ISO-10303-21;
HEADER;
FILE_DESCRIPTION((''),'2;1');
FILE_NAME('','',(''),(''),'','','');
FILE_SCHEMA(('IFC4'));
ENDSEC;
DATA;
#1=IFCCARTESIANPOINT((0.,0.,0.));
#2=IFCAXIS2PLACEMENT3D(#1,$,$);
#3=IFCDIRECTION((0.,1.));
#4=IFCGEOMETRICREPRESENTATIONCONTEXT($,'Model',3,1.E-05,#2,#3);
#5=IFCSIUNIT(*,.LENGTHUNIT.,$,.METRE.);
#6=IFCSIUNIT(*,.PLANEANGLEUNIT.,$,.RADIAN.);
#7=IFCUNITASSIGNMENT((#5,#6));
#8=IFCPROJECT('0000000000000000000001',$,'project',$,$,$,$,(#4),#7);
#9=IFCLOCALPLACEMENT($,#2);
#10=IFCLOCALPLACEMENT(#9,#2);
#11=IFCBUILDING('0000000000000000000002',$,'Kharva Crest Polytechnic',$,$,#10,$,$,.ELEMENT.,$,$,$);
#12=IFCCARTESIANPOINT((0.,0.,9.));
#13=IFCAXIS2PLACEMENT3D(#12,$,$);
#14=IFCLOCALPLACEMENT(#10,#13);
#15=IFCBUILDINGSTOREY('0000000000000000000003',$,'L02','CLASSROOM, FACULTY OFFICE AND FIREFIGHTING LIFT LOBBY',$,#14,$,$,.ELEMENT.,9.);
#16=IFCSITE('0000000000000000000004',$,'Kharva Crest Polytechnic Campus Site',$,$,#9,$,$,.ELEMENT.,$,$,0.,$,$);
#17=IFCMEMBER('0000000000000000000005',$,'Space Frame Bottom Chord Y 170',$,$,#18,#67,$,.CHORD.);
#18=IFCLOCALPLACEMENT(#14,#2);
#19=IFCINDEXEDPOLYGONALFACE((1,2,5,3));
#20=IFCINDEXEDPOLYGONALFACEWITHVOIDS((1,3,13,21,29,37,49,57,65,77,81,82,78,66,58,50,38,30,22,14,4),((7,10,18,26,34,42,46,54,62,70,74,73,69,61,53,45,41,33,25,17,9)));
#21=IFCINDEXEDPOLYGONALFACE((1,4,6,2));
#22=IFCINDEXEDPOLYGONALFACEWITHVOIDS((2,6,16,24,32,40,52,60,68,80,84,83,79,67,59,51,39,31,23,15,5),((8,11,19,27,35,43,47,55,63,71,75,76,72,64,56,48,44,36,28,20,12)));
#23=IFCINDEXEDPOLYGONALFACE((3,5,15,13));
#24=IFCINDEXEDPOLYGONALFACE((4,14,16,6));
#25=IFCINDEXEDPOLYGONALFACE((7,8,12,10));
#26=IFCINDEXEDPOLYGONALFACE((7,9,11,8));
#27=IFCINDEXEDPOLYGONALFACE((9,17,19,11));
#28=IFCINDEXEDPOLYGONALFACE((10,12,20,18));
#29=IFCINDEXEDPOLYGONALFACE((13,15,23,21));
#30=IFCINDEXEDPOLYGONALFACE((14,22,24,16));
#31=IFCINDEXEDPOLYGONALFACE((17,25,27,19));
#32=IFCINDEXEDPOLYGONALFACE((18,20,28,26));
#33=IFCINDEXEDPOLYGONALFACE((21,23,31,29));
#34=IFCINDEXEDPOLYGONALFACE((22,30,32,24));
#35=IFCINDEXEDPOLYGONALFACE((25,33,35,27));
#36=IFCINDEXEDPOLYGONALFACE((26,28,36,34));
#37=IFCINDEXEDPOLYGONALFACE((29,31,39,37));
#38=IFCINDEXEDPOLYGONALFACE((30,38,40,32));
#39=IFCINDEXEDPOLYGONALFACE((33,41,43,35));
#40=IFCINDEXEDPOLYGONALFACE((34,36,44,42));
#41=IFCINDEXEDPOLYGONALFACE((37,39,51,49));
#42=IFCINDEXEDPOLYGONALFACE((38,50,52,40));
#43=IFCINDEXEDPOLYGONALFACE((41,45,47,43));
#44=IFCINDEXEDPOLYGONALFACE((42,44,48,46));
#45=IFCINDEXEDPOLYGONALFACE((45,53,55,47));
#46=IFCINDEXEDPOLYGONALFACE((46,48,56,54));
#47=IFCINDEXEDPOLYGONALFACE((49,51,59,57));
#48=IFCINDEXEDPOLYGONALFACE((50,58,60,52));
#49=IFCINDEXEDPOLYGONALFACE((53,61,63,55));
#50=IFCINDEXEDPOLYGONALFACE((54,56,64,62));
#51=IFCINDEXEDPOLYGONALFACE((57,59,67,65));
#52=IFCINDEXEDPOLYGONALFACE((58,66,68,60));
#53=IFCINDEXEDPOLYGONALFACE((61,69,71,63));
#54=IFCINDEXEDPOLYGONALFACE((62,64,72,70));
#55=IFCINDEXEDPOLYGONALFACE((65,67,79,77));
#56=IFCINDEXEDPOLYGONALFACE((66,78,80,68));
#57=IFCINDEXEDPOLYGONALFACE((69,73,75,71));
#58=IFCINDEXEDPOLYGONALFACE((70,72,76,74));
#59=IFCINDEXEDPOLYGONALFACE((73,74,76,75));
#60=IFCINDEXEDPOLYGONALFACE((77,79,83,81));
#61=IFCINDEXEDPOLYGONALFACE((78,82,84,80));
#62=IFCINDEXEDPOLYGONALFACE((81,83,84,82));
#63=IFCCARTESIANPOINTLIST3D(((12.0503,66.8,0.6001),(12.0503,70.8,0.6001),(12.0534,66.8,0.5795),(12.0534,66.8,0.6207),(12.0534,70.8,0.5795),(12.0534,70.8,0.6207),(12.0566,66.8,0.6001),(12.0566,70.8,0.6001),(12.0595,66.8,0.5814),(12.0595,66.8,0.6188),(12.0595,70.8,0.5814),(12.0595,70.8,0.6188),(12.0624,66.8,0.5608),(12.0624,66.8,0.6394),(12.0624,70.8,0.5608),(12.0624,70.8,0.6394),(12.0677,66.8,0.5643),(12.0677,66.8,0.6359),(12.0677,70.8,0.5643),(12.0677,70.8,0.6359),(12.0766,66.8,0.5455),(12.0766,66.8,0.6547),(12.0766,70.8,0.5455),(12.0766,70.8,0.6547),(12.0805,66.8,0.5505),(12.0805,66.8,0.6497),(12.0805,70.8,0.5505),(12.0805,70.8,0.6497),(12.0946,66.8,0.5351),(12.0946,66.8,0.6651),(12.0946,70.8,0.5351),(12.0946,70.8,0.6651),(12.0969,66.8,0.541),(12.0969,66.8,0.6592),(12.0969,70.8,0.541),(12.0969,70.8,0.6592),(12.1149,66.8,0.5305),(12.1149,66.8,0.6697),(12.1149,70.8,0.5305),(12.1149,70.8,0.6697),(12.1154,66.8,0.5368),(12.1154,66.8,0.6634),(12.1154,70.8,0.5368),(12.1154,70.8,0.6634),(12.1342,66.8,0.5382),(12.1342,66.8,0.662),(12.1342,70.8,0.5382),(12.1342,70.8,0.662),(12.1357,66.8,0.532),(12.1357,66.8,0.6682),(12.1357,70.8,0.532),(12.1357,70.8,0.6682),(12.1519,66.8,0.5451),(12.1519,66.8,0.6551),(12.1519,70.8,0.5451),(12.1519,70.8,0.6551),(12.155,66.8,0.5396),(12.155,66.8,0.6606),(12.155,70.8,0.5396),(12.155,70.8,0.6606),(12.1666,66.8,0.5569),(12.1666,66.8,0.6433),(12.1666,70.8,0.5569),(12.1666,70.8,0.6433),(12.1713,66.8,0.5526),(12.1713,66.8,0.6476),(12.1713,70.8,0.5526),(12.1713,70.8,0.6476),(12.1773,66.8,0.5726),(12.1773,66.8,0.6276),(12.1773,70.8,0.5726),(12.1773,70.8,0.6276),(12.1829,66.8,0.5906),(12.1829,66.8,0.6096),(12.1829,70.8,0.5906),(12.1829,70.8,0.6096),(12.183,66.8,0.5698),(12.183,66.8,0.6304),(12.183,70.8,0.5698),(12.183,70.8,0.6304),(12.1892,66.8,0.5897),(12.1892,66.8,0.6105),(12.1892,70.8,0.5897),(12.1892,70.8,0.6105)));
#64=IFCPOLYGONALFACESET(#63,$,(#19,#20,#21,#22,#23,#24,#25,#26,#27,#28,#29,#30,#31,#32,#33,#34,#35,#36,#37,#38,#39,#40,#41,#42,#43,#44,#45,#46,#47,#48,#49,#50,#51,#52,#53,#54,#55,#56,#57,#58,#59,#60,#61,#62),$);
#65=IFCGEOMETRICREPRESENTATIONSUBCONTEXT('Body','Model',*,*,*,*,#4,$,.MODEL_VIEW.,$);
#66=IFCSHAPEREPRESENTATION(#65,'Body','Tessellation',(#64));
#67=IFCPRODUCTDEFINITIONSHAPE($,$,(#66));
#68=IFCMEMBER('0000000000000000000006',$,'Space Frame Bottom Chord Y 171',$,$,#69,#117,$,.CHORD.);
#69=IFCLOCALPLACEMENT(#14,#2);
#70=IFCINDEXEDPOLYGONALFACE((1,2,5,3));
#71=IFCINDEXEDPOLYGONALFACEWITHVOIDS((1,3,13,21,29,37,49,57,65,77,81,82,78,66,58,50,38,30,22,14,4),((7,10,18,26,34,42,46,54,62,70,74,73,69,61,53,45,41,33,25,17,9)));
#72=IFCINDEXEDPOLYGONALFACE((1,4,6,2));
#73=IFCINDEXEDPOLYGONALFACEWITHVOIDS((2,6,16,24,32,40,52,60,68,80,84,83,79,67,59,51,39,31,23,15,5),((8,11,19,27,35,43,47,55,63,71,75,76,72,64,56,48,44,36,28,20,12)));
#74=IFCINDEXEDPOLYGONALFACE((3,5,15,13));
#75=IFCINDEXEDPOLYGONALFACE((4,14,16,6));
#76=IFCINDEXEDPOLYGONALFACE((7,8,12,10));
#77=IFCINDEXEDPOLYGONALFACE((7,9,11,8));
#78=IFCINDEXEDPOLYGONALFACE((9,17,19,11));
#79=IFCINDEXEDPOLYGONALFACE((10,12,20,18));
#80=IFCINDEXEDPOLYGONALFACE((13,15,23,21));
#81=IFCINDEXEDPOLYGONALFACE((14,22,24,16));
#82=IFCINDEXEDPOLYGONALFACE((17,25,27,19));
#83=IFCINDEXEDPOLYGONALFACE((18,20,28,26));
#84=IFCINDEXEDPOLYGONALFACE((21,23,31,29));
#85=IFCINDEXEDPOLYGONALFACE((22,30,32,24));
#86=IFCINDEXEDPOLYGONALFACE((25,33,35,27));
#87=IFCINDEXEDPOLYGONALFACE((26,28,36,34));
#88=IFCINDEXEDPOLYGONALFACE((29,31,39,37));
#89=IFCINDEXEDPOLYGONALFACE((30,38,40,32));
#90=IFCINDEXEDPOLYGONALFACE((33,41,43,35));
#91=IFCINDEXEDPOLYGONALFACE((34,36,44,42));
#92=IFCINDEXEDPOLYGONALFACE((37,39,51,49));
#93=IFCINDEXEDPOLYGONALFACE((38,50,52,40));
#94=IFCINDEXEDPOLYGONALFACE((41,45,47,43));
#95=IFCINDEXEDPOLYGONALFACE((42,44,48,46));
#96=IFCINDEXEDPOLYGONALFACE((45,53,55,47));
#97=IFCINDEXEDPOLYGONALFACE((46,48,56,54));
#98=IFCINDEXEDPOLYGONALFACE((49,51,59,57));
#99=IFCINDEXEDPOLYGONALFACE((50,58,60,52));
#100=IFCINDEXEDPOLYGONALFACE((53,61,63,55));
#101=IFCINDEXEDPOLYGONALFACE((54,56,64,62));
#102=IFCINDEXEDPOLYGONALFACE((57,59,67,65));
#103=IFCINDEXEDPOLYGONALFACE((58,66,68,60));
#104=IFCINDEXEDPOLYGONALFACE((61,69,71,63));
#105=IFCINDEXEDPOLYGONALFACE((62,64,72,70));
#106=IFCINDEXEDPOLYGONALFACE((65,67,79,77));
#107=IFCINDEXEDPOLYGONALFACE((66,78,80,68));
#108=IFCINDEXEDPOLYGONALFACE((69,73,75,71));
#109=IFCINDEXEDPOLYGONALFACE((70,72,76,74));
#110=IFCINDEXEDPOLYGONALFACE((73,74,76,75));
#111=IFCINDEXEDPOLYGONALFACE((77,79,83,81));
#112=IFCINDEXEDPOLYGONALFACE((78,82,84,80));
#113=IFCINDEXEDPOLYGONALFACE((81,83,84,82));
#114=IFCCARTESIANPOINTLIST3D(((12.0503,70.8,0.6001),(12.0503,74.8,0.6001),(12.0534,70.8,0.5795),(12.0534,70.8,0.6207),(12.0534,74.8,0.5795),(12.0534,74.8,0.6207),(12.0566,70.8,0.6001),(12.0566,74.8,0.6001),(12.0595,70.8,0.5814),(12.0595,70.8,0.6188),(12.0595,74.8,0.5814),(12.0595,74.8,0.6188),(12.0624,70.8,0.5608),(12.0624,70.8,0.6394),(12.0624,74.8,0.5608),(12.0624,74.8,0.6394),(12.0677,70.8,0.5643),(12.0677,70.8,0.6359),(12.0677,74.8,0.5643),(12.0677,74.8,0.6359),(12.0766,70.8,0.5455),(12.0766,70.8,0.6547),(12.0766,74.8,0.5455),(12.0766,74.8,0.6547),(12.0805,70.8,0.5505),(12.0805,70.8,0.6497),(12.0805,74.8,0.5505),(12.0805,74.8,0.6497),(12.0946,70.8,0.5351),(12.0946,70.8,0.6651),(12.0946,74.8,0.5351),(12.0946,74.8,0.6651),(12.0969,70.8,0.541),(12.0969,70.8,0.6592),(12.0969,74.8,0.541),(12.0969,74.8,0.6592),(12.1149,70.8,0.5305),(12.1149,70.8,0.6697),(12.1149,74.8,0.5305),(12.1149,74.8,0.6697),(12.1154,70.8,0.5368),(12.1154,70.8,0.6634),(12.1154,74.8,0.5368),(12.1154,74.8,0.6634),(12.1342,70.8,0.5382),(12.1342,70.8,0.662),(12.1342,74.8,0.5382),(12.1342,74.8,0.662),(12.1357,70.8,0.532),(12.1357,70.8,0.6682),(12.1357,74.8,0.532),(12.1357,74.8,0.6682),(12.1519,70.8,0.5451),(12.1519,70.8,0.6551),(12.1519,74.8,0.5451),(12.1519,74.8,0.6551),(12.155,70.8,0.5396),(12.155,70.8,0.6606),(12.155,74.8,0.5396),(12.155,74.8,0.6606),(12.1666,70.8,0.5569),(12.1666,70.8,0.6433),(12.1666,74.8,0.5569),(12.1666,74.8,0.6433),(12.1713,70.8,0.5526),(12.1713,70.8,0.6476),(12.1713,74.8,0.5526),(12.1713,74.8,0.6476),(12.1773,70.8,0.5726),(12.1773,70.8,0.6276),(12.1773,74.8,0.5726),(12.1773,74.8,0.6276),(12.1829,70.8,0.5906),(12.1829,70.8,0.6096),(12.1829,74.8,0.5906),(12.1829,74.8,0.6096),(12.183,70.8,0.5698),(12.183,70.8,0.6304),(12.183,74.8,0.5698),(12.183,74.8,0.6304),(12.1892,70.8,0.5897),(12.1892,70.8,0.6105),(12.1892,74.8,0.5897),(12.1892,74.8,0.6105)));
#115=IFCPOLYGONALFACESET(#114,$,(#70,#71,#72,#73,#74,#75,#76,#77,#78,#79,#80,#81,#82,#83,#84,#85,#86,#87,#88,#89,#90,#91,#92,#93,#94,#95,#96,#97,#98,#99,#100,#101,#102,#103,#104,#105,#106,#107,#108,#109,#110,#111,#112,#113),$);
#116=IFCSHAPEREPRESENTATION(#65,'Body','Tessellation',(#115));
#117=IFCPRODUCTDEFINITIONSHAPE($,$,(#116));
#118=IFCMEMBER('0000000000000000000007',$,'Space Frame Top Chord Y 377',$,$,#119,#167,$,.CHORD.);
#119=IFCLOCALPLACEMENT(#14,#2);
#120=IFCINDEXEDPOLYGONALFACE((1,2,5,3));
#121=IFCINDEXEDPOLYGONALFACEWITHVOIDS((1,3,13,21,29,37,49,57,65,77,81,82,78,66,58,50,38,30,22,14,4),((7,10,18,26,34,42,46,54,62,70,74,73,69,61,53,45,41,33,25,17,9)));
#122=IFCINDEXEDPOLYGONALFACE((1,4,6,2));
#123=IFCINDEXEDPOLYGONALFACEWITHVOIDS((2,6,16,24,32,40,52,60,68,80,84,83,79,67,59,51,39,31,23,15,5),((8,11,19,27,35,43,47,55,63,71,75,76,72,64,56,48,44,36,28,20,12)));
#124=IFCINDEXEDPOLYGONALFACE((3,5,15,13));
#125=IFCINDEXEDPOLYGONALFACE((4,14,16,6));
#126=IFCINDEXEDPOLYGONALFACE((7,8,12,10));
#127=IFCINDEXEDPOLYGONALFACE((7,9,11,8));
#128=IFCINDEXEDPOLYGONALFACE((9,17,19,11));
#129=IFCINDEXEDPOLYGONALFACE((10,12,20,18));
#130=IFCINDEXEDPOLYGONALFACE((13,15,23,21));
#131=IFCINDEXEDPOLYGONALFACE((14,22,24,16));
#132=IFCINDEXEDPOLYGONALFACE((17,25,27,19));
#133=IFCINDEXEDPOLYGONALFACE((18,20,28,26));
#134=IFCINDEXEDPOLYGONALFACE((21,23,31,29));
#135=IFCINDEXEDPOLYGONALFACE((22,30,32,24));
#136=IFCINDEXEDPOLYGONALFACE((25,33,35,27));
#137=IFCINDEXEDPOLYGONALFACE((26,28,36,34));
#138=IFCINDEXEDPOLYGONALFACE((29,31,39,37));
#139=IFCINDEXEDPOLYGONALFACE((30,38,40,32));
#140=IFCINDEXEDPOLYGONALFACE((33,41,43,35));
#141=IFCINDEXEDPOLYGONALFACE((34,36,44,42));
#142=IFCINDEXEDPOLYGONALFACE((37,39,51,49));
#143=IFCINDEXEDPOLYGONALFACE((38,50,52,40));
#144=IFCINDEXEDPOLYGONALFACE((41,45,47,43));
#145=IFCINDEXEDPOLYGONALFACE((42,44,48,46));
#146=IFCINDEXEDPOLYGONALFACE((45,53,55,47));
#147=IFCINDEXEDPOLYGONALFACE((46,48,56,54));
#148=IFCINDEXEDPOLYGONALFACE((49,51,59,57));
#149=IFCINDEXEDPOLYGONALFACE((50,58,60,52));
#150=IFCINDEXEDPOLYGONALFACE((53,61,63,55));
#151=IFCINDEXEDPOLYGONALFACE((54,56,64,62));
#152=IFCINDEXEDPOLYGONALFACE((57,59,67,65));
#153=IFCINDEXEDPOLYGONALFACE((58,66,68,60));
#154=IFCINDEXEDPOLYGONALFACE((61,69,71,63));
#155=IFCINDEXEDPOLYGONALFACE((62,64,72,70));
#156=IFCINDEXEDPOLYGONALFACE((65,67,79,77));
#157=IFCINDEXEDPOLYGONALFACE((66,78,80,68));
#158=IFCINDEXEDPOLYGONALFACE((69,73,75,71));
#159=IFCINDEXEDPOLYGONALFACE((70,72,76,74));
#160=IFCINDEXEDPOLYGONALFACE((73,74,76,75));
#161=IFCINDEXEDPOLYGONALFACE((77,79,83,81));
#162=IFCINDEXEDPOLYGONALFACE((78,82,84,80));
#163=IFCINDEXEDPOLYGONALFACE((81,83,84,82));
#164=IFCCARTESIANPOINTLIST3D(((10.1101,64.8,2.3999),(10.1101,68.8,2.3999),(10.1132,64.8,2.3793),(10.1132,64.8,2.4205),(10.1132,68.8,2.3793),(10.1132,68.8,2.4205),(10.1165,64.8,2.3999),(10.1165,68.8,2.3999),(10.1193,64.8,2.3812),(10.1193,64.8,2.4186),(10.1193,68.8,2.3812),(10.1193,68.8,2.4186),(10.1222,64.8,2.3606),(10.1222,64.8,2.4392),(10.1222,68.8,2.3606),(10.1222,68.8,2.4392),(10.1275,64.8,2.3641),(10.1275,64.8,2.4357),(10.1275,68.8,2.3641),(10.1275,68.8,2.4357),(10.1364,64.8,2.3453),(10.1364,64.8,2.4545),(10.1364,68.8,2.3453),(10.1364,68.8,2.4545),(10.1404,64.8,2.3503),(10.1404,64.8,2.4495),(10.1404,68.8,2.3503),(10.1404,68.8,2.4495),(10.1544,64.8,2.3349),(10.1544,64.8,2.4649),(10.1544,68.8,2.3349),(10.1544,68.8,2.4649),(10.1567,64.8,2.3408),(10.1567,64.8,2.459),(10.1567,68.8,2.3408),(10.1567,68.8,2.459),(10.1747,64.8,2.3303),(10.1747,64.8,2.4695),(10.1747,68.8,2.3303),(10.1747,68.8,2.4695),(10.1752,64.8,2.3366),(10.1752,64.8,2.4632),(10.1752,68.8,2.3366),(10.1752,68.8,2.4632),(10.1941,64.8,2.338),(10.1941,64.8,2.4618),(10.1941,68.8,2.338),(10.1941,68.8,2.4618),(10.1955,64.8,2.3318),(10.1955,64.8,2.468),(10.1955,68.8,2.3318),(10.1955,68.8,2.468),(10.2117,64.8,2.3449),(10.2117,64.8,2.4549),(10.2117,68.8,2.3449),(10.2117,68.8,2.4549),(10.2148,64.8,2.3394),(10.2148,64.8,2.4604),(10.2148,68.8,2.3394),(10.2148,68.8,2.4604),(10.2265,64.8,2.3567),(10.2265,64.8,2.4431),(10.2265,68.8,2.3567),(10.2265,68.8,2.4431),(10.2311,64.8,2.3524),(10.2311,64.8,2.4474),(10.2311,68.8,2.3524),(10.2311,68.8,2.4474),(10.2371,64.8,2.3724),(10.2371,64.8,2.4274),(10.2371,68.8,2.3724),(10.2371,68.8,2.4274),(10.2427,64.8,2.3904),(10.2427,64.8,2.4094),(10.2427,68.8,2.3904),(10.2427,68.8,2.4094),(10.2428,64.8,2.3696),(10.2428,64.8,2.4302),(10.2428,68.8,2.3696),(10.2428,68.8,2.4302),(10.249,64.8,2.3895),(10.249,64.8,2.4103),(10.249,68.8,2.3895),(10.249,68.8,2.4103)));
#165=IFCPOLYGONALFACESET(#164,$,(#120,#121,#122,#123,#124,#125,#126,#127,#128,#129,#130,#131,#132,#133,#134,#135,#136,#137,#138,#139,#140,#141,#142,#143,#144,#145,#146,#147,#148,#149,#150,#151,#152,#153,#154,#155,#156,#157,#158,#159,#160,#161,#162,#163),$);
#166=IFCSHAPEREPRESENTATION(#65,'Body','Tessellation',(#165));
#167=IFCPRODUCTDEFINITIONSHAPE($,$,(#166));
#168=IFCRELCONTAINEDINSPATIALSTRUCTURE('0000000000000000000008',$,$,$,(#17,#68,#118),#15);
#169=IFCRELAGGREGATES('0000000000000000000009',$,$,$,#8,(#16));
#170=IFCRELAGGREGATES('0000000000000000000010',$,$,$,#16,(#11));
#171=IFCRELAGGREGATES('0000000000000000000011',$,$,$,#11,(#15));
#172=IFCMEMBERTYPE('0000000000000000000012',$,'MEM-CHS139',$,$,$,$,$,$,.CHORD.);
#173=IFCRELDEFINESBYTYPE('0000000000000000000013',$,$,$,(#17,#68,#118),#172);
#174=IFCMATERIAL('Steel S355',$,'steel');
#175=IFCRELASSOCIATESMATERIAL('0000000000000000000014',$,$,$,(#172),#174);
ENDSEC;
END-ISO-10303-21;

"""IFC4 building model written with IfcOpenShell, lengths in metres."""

from ifc_helpers import new_model, si_unit, direction, frame, origin, origin_2d, place, context, subcontext, project, spatial, hollow_circle, extrude, material, material_profile, profile_set, type_object, element, save


model = new_model("IFC4")

# Units and contexts
model_context = context("Model", 3, precision=1e-05, world=origin(), true_north=direction((0.0, 1.0)))
body_context = subcontext(model_context, "Body", "Model", "MODEL_VIEW")
ifc_project = project(units=[si_unit("LENGTHUNIT", "METRE"), si_unit("PLANEANGLEUNIT", "RADIAN")], contexts=[model_context])

# Site, building, storey
site_placement = place(None, origin())
site = spatial("IfcSite", under=ifc_project, at=site_placement, Name="Kharva Crest Polytechnic Campus Site", CompositionType="ELEMENT", RefElevation=0.0)
building_placement = place(site_placement, origin())
building = spatial("IfcBuilding", under=site, at=building_placement, Name="Kharva Crest Polytechnic", CompositionType="ELEMENT")
storey_placement = place(building_placement, frame((0.0, 0.0, 9.0)))
storey = spatial("IfcBuildingStorey", under=building, at=storey_placement, Name="L02", Description="CLASSROOM, FACULTY OFFICE AND FIREFIGHTING LIFT LOBBY", CompositionType="ELEMENT", Elevation=9.0)

# Shared definitions
ifc_material_1 = material(Name="Steel S355", Category="steel")

# Members
ifc_material_profile_1 = material_profile(ifc_material_1, hollow_circle(Radius=0.0698, WallThickness=0.0063, at=origin_2d()), Name="CHS 139.7X6.3")
ifc_profile_set_1 = profile_set([ifc_material_profile_1], Name="Steel S355")
member_type_1 = type_object("IfcMemberType", Name="MEM-CHS139", PredefinedType="CHORD", material=ifc_profile_set_1)
for number, where, z_axis, x_axis, name in (
    (1, (12.1201, 66.8, 0.6001), (0.0, 1.0, 0.0), (-1.0, 0.0, 0.0), "Space Frame Bottom Chord Y 170"),
    (2, (12.1201, 70.8, 0.6001), (0.0, 1.0, 0.0), (-1.0, 0.0, 0.0), "Space Frame Bottom Chord Y 171"),
    (3, (10.1799, 64.8, 2.3999), (0.0, 1.0, 0.0), (-1.0, 0.0, 0.0), "Space Frame Top Chord Y 377"),
):
    element("IfcMember", number, at=place(storey_placement, frame(where, z_axis=z_axis, x_axis=x_axis)), inside=storey, type_object=member_type_1, Name=name, PredefinedType="CHORD", context=body_context, shape_type="SweptSolid", body=[
        extrude(hollow_circle(Radius=0.0698, WallThickness=0.0063, at=origin_2d()), origin(), (0.0, 0.0, 1.0), 4.0),
    ])

save(model, "model.ifc")
